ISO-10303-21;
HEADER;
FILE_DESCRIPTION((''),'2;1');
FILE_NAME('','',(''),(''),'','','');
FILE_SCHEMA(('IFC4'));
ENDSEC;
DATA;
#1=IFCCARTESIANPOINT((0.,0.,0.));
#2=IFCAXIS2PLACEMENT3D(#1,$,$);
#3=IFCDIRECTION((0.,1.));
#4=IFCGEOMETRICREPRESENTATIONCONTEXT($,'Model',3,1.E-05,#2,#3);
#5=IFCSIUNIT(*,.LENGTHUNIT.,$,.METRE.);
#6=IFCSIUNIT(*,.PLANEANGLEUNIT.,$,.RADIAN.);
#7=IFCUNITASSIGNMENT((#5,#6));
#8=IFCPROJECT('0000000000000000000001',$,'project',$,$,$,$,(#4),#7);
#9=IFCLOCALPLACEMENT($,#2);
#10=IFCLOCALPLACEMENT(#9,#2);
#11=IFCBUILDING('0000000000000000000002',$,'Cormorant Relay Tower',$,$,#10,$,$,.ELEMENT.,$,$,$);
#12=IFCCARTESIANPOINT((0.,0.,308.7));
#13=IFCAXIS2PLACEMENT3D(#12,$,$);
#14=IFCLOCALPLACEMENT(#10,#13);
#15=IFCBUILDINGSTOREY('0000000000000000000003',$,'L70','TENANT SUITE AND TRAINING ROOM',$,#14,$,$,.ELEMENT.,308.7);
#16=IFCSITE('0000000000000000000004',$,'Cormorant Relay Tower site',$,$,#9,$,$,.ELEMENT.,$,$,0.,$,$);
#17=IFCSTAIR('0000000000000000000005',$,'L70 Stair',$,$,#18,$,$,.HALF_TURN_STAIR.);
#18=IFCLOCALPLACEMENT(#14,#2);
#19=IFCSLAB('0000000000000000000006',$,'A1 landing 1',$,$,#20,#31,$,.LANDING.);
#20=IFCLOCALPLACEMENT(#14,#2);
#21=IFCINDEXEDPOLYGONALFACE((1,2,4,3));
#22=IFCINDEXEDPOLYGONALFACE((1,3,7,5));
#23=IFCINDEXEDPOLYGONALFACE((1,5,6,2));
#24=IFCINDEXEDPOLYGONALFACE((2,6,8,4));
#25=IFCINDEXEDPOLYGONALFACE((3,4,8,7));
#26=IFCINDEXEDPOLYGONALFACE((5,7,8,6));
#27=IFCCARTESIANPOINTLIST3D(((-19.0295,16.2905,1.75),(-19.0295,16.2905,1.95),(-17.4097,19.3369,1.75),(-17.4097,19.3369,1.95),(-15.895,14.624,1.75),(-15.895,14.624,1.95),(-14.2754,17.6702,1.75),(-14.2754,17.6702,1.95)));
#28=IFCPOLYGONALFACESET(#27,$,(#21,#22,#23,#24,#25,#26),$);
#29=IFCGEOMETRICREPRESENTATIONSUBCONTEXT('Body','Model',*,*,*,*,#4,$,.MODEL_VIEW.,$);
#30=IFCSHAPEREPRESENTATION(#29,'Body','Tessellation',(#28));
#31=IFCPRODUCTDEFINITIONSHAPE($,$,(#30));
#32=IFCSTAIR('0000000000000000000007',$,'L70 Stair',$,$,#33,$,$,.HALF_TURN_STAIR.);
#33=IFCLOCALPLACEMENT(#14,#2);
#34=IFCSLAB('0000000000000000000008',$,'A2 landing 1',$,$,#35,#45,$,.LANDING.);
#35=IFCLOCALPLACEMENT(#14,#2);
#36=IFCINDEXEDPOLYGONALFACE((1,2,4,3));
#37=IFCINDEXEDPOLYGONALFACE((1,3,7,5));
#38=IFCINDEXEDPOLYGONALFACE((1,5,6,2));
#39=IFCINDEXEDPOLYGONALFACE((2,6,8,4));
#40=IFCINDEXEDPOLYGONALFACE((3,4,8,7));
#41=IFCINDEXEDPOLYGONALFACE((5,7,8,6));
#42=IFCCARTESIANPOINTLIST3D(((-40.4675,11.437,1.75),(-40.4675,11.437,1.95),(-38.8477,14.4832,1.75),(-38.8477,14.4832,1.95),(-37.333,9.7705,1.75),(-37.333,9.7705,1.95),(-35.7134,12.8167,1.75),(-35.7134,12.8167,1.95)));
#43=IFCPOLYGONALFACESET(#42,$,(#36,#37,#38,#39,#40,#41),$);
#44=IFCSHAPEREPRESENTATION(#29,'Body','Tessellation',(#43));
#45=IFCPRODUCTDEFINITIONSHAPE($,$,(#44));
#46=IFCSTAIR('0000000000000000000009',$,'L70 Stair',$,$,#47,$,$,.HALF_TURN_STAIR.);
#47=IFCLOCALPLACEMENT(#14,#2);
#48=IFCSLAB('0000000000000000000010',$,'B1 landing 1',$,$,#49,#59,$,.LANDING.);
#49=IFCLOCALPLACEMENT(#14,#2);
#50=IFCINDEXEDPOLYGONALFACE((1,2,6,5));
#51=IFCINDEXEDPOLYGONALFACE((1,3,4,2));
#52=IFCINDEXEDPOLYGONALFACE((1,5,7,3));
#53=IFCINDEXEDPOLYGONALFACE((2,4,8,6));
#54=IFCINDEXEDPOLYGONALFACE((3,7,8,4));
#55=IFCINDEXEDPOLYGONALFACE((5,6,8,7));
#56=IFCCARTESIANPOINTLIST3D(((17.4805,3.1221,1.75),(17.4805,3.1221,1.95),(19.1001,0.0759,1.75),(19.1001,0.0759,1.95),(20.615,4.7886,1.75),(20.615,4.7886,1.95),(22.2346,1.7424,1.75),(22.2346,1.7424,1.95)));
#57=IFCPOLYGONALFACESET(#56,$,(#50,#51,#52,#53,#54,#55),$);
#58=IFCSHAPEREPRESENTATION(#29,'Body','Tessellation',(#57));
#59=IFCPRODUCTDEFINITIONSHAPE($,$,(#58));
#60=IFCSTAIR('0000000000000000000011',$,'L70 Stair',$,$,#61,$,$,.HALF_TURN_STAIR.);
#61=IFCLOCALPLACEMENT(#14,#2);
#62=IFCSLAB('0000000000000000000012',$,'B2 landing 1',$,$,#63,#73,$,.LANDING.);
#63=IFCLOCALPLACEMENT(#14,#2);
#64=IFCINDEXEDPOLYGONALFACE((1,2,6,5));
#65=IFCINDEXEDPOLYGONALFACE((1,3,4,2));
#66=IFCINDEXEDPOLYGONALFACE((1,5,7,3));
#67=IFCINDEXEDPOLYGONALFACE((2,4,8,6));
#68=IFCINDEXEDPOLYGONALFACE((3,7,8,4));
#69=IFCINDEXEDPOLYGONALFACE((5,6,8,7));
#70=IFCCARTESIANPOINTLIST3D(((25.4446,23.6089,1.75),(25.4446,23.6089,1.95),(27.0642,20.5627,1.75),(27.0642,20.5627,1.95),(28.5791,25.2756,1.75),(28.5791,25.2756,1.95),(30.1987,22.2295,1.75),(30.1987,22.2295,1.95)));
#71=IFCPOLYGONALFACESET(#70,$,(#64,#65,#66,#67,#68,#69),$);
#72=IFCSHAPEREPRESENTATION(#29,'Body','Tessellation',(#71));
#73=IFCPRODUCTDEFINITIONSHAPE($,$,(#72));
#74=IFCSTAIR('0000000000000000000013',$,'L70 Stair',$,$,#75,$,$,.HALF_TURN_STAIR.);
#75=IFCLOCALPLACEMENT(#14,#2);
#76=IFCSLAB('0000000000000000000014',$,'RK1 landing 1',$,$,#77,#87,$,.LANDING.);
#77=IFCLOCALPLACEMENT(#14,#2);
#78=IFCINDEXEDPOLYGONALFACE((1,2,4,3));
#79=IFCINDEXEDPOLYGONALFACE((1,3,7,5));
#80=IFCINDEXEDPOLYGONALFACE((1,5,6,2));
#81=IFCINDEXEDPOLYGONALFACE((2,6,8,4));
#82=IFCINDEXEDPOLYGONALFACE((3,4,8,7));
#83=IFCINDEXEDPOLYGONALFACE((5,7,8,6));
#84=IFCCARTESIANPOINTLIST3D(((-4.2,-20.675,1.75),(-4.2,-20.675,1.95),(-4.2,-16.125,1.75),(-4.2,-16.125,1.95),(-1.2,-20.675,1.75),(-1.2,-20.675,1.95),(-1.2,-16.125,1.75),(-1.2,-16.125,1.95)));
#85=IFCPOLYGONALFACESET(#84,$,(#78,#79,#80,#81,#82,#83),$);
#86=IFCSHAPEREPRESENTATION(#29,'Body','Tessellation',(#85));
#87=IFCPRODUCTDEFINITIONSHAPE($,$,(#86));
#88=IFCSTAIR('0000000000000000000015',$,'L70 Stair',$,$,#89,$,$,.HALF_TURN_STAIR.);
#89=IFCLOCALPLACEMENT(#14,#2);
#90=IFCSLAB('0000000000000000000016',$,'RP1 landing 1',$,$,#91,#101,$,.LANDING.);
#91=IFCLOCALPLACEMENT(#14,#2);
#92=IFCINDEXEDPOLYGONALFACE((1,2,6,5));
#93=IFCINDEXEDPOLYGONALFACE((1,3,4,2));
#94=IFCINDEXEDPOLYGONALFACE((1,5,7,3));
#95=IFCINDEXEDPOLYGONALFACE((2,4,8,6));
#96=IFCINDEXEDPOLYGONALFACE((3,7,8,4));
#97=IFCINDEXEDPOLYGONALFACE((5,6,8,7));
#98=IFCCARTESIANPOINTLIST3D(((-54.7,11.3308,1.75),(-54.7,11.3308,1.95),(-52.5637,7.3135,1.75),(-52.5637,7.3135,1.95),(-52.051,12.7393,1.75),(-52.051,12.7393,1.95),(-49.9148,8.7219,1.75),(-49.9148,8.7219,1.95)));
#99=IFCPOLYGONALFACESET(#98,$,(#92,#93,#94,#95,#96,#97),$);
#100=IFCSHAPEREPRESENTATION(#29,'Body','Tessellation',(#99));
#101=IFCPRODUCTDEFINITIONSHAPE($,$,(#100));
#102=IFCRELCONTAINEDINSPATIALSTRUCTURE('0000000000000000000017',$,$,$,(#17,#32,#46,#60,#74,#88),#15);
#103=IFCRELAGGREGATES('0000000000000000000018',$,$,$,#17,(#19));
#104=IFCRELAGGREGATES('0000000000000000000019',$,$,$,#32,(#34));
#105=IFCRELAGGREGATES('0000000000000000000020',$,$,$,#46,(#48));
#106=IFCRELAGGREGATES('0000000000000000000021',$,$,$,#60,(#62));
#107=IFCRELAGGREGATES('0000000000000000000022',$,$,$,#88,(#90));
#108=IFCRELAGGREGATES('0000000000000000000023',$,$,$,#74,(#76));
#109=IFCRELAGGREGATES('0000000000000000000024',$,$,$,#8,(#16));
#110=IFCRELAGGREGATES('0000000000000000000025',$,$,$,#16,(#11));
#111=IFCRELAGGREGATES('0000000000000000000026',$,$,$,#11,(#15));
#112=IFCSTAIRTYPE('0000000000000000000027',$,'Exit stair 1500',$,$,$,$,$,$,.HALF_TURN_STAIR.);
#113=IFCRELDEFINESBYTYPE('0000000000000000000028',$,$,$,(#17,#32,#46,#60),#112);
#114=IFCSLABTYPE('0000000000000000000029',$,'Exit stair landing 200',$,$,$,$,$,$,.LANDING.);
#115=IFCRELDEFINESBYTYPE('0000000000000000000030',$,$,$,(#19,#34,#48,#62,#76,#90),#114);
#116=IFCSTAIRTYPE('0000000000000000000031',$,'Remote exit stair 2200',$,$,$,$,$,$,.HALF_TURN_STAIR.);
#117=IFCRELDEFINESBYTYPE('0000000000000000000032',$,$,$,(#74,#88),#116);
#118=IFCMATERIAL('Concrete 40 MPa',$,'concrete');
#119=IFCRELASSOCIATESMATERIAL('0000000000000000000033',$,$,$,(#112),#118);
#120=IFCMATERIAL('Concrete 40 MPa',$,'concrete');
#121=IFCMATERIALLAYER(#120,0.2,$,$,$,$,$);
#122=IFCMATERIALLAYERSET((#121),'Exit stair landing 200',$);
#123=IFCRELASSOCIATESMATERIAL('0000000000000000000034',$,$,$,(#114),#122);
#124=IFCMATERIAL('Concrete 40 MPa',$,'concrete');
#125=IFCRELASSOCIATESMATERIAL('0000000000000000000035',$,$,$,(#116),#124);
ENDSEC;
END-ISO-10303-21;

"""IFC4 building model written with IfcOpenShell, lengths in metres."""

from ifc_helpers import new_model, si_unit, direction, frame, origin, place, context, subcontext, project, spatial, polyline, outline, extrude, material, layer, layer_set, type_object, element, aggregate, save


model = new_model("IFC4")

# Units and contexts
model_context = context("Model", 3, precision=1e-05, world=origin(), true_north=direction((0.0, 1.0)))
body_context = subcontext(model_context, "Body", "Model", "MODEL_VIEW")
ifc_project = project(units=[si_unit("LENGTHUNIT", "METRE"), si_unit("PLANEANGLEUNIT", "RADIAN")], contexts=[model_context])

# Site, building, storey
site_placement = place(None, origin())
site = spatial("IfcSite", under=ifc_project, at=site_placement, Name="Cormorant Relay Tower site", CompositionType="ELEMENT", RefElevation=0.0)
building_placement = place(site_placement, origin())
building = spatial("IfcBuilding", under=site, at=building_placement, Name="Cormorant Relay Tower", CompositionType="ELEMENT")
storey_placement = place(building_placement, frame((0.0, 0.0, 308.7)))
storey = spatial("IfcBuildingStorey", under=building, at=storey_placement, Name="L70", Description="TENANT SUITE AND TRAINING ROOM", CompositionType="ELEMENT", Elevation=308.7)

# Stairs, slabs
ifc_material_1 = material(Name="Concrete 40 MPa", Category="concrete")
stair_type_1 = type_object("IfcStairType", Name="Exit stair 1500", PredefinedType="HALF_TURN_STAIR", material=ifc_material_1)
stair_1_placement = place(storey_placement, origin())
stair_1 = element("IfcStair", 1, at=stair_1_placement, inside=storey, type_object=stair_type_1, Name="L70 Stair", PredefinedType="HALF_TURN_STAIR")
ifc_material_2 = material(Name="Concrete 40 MPa", Category="concrete")
ifc_layer_1 = layer(ifc_material_2, 0.2)
ifc_layer_set_1 = layer_set([ifc_layer_1], Name="Exit stair landing 200")
slab_type_1 = type_object("IfcSlabType", Name="Exit stair landing 200", PredefinedType="LANDING", material=ifc_layer_set_1)
slab_1_placement = place(storey_placement, frame((0.0, 0.0, 1.75)))
slab_1 = element("IfcSlab", 2, at=slab_1_placement, type_object=slab_type_1, Name="A1 landing 1", PredefinedType="LANDING", context=body_context, shape_type="SweptSolid", body=[
    extrude(outline(polyline([(-19.0295, 16.2905), (-15.895, 14.624), (-14.2754, 17.6702), (-17.4097, 19.3369), (-19.0295, 16.2905)])), origin(), (0.0, 0.0, 1.0), 0.2),
])
aggregate(stair_1, [slab_1])
stair_2_placement = place(storey_placement, origin())
stair_2 = element("IfcStair", 3, at=stair_2_placement, inside=storey, type_object=stair_type_1, Name="L70 Stair", PredefinedType="HALF_TURN_STAIR")
slab_2_placement = place(storey_placement, frame((0.0, 0.0, 1.75)))
slab_2 = element("IfcSlab", 4, at=slab_2_placement, type_object=slab_type_1, Name="A2 landing 1", PredefinedType="LANDING", context=body_context, shape_type="SweptSolid", body=[
    extrude(outline(polyline([(-35.7134, 12.8167), (-38.8477, 14.4832), (-40.4675, 11.437), (-37.333, 9.7705), (-35.7134, 12.8167)])), origin(), (0.0, 0.0, 1.0), 0.2),
])
aggregate(stair_2, [slab_2])
stair_3_placement = place(storey_placement, origin())
stair_3 = element("IfcStair", 5, at=stair_3_placement, inside=storey, type_object=stair_type_1, Name="L70 Stair", PredefinedType="HALF_TURN_STAIR")
slab_3_placement = place(storey_placement, frame((0.0, 0.0, 1.75)))
slab_3 = element("IfcSlab", 6, at=slab_3_placement, type_object=slab_type_1, Name="B1 landing 1", PredefinedType="LANDING", context=body_context, shape_type="SweptSolid", body=[
    extrude(outline(polyline([(20.615, 4.7886), (17.4805, 3.1221), (19.1001, 0.0759), (22.2346, 1.7424), (20.615, 4.7886)])), origin(), (0.0, 0.0, 1.0), 0.2),
])
aggregate(stair_3, [slab_3])
stair_4_placement = place(storey_placement, origin())
stair_4 = element("IfcStair", 7, at=stair_4_placement, inside=storey, type_object=stair_type_1, Name="L70 Stair", PredefinedType="HALF_TURN_STAIR")
slab_4_placement = place(storey_placement, frame((0.0, 0.0, 1.75)))
slab_4 = element("IfcSlab", 8, at=slab_4_placement, type_object=slab_type_1, Name="B2 landing 1", PredefinedType="LANDING", context=body_context, shape_type="SweptSolid", body=[
    extrude(outline(polyline([(27.0642, 20.5627), (30.1987, 22.2295), (28.5791, 25.2756), (25.4446, 23.6089), (27.0642, 20.5627)])), origin(), (0.0, 0.0, 1.0), 0.2),
])
aggregate(stair_4, [slab_4])
ifc_material_3 = material(Name="Concrete 40 MPa", Category="concrete")
stair_type_2 = type_object("IfcStairType", Name="Remote exit stair 2200", PredefinedType="HALF_TURN_STAIR", material=ifc_material_3)
stair_5_placement = place(storey_placement, origin())
stair_5 = element("IfcStair", 9, at=stair_5_placement, inside=storey, type_object=stair_type_2, Name="L70 Stair", PredefinedType="HALF_TURN_STAIR")
slab_5_placement = place(storey_placement, frame((0.0, 0.0, 1.75)))
slab_5 = element("IfcSlab", 10, at=slab_5_placement, type_object=slab_type_1, Name="RK1 landing 1", PredefinedType="LANDING", context=body_context, shape_type="SweptSolid", body=[
    extrude(outline(polyline([(-1.2, -16.125), (-4.2, -16.125), (-4.2, -20.675), (-1.2, -20.675), (-1.2, -16.125)])), origin(), (0.0, 0.0, 1.0), 0.2),
])
stair_6_placement = place(storey_placement, origin())
stair_6 = element("IfcStair", 11, at=stair_6_placement, inside=storey, type_object=stair_type_2, Name="L70 Stair", PredefinedType="HALF_TURN_STAIR")
slab_6_placement = place(storey_placement, frame((0.0, 0.0, 1.75)))
slab_6 = element("IfcSlab", 12, at=slab_6_placement, type_object=slab_type_1, Name="RP1 landing 1", PredefinedType="LANDING", context=body_context, shape_type="SweptSolid", body=[
    extrude(outline(polyline([(-52.051, 12.7393), (-54.7, 11.3308), (-52.5637, 7.3135), (-49.9148, 8.7219), (-52.051, 12.7393)])), origin(), (0.0, 0.0, 1.0), 0.2),
])
aggregate(stair_6, [slab_6])

aggregate(stair_5, [slab_5])

save(model, "model.ifc")
